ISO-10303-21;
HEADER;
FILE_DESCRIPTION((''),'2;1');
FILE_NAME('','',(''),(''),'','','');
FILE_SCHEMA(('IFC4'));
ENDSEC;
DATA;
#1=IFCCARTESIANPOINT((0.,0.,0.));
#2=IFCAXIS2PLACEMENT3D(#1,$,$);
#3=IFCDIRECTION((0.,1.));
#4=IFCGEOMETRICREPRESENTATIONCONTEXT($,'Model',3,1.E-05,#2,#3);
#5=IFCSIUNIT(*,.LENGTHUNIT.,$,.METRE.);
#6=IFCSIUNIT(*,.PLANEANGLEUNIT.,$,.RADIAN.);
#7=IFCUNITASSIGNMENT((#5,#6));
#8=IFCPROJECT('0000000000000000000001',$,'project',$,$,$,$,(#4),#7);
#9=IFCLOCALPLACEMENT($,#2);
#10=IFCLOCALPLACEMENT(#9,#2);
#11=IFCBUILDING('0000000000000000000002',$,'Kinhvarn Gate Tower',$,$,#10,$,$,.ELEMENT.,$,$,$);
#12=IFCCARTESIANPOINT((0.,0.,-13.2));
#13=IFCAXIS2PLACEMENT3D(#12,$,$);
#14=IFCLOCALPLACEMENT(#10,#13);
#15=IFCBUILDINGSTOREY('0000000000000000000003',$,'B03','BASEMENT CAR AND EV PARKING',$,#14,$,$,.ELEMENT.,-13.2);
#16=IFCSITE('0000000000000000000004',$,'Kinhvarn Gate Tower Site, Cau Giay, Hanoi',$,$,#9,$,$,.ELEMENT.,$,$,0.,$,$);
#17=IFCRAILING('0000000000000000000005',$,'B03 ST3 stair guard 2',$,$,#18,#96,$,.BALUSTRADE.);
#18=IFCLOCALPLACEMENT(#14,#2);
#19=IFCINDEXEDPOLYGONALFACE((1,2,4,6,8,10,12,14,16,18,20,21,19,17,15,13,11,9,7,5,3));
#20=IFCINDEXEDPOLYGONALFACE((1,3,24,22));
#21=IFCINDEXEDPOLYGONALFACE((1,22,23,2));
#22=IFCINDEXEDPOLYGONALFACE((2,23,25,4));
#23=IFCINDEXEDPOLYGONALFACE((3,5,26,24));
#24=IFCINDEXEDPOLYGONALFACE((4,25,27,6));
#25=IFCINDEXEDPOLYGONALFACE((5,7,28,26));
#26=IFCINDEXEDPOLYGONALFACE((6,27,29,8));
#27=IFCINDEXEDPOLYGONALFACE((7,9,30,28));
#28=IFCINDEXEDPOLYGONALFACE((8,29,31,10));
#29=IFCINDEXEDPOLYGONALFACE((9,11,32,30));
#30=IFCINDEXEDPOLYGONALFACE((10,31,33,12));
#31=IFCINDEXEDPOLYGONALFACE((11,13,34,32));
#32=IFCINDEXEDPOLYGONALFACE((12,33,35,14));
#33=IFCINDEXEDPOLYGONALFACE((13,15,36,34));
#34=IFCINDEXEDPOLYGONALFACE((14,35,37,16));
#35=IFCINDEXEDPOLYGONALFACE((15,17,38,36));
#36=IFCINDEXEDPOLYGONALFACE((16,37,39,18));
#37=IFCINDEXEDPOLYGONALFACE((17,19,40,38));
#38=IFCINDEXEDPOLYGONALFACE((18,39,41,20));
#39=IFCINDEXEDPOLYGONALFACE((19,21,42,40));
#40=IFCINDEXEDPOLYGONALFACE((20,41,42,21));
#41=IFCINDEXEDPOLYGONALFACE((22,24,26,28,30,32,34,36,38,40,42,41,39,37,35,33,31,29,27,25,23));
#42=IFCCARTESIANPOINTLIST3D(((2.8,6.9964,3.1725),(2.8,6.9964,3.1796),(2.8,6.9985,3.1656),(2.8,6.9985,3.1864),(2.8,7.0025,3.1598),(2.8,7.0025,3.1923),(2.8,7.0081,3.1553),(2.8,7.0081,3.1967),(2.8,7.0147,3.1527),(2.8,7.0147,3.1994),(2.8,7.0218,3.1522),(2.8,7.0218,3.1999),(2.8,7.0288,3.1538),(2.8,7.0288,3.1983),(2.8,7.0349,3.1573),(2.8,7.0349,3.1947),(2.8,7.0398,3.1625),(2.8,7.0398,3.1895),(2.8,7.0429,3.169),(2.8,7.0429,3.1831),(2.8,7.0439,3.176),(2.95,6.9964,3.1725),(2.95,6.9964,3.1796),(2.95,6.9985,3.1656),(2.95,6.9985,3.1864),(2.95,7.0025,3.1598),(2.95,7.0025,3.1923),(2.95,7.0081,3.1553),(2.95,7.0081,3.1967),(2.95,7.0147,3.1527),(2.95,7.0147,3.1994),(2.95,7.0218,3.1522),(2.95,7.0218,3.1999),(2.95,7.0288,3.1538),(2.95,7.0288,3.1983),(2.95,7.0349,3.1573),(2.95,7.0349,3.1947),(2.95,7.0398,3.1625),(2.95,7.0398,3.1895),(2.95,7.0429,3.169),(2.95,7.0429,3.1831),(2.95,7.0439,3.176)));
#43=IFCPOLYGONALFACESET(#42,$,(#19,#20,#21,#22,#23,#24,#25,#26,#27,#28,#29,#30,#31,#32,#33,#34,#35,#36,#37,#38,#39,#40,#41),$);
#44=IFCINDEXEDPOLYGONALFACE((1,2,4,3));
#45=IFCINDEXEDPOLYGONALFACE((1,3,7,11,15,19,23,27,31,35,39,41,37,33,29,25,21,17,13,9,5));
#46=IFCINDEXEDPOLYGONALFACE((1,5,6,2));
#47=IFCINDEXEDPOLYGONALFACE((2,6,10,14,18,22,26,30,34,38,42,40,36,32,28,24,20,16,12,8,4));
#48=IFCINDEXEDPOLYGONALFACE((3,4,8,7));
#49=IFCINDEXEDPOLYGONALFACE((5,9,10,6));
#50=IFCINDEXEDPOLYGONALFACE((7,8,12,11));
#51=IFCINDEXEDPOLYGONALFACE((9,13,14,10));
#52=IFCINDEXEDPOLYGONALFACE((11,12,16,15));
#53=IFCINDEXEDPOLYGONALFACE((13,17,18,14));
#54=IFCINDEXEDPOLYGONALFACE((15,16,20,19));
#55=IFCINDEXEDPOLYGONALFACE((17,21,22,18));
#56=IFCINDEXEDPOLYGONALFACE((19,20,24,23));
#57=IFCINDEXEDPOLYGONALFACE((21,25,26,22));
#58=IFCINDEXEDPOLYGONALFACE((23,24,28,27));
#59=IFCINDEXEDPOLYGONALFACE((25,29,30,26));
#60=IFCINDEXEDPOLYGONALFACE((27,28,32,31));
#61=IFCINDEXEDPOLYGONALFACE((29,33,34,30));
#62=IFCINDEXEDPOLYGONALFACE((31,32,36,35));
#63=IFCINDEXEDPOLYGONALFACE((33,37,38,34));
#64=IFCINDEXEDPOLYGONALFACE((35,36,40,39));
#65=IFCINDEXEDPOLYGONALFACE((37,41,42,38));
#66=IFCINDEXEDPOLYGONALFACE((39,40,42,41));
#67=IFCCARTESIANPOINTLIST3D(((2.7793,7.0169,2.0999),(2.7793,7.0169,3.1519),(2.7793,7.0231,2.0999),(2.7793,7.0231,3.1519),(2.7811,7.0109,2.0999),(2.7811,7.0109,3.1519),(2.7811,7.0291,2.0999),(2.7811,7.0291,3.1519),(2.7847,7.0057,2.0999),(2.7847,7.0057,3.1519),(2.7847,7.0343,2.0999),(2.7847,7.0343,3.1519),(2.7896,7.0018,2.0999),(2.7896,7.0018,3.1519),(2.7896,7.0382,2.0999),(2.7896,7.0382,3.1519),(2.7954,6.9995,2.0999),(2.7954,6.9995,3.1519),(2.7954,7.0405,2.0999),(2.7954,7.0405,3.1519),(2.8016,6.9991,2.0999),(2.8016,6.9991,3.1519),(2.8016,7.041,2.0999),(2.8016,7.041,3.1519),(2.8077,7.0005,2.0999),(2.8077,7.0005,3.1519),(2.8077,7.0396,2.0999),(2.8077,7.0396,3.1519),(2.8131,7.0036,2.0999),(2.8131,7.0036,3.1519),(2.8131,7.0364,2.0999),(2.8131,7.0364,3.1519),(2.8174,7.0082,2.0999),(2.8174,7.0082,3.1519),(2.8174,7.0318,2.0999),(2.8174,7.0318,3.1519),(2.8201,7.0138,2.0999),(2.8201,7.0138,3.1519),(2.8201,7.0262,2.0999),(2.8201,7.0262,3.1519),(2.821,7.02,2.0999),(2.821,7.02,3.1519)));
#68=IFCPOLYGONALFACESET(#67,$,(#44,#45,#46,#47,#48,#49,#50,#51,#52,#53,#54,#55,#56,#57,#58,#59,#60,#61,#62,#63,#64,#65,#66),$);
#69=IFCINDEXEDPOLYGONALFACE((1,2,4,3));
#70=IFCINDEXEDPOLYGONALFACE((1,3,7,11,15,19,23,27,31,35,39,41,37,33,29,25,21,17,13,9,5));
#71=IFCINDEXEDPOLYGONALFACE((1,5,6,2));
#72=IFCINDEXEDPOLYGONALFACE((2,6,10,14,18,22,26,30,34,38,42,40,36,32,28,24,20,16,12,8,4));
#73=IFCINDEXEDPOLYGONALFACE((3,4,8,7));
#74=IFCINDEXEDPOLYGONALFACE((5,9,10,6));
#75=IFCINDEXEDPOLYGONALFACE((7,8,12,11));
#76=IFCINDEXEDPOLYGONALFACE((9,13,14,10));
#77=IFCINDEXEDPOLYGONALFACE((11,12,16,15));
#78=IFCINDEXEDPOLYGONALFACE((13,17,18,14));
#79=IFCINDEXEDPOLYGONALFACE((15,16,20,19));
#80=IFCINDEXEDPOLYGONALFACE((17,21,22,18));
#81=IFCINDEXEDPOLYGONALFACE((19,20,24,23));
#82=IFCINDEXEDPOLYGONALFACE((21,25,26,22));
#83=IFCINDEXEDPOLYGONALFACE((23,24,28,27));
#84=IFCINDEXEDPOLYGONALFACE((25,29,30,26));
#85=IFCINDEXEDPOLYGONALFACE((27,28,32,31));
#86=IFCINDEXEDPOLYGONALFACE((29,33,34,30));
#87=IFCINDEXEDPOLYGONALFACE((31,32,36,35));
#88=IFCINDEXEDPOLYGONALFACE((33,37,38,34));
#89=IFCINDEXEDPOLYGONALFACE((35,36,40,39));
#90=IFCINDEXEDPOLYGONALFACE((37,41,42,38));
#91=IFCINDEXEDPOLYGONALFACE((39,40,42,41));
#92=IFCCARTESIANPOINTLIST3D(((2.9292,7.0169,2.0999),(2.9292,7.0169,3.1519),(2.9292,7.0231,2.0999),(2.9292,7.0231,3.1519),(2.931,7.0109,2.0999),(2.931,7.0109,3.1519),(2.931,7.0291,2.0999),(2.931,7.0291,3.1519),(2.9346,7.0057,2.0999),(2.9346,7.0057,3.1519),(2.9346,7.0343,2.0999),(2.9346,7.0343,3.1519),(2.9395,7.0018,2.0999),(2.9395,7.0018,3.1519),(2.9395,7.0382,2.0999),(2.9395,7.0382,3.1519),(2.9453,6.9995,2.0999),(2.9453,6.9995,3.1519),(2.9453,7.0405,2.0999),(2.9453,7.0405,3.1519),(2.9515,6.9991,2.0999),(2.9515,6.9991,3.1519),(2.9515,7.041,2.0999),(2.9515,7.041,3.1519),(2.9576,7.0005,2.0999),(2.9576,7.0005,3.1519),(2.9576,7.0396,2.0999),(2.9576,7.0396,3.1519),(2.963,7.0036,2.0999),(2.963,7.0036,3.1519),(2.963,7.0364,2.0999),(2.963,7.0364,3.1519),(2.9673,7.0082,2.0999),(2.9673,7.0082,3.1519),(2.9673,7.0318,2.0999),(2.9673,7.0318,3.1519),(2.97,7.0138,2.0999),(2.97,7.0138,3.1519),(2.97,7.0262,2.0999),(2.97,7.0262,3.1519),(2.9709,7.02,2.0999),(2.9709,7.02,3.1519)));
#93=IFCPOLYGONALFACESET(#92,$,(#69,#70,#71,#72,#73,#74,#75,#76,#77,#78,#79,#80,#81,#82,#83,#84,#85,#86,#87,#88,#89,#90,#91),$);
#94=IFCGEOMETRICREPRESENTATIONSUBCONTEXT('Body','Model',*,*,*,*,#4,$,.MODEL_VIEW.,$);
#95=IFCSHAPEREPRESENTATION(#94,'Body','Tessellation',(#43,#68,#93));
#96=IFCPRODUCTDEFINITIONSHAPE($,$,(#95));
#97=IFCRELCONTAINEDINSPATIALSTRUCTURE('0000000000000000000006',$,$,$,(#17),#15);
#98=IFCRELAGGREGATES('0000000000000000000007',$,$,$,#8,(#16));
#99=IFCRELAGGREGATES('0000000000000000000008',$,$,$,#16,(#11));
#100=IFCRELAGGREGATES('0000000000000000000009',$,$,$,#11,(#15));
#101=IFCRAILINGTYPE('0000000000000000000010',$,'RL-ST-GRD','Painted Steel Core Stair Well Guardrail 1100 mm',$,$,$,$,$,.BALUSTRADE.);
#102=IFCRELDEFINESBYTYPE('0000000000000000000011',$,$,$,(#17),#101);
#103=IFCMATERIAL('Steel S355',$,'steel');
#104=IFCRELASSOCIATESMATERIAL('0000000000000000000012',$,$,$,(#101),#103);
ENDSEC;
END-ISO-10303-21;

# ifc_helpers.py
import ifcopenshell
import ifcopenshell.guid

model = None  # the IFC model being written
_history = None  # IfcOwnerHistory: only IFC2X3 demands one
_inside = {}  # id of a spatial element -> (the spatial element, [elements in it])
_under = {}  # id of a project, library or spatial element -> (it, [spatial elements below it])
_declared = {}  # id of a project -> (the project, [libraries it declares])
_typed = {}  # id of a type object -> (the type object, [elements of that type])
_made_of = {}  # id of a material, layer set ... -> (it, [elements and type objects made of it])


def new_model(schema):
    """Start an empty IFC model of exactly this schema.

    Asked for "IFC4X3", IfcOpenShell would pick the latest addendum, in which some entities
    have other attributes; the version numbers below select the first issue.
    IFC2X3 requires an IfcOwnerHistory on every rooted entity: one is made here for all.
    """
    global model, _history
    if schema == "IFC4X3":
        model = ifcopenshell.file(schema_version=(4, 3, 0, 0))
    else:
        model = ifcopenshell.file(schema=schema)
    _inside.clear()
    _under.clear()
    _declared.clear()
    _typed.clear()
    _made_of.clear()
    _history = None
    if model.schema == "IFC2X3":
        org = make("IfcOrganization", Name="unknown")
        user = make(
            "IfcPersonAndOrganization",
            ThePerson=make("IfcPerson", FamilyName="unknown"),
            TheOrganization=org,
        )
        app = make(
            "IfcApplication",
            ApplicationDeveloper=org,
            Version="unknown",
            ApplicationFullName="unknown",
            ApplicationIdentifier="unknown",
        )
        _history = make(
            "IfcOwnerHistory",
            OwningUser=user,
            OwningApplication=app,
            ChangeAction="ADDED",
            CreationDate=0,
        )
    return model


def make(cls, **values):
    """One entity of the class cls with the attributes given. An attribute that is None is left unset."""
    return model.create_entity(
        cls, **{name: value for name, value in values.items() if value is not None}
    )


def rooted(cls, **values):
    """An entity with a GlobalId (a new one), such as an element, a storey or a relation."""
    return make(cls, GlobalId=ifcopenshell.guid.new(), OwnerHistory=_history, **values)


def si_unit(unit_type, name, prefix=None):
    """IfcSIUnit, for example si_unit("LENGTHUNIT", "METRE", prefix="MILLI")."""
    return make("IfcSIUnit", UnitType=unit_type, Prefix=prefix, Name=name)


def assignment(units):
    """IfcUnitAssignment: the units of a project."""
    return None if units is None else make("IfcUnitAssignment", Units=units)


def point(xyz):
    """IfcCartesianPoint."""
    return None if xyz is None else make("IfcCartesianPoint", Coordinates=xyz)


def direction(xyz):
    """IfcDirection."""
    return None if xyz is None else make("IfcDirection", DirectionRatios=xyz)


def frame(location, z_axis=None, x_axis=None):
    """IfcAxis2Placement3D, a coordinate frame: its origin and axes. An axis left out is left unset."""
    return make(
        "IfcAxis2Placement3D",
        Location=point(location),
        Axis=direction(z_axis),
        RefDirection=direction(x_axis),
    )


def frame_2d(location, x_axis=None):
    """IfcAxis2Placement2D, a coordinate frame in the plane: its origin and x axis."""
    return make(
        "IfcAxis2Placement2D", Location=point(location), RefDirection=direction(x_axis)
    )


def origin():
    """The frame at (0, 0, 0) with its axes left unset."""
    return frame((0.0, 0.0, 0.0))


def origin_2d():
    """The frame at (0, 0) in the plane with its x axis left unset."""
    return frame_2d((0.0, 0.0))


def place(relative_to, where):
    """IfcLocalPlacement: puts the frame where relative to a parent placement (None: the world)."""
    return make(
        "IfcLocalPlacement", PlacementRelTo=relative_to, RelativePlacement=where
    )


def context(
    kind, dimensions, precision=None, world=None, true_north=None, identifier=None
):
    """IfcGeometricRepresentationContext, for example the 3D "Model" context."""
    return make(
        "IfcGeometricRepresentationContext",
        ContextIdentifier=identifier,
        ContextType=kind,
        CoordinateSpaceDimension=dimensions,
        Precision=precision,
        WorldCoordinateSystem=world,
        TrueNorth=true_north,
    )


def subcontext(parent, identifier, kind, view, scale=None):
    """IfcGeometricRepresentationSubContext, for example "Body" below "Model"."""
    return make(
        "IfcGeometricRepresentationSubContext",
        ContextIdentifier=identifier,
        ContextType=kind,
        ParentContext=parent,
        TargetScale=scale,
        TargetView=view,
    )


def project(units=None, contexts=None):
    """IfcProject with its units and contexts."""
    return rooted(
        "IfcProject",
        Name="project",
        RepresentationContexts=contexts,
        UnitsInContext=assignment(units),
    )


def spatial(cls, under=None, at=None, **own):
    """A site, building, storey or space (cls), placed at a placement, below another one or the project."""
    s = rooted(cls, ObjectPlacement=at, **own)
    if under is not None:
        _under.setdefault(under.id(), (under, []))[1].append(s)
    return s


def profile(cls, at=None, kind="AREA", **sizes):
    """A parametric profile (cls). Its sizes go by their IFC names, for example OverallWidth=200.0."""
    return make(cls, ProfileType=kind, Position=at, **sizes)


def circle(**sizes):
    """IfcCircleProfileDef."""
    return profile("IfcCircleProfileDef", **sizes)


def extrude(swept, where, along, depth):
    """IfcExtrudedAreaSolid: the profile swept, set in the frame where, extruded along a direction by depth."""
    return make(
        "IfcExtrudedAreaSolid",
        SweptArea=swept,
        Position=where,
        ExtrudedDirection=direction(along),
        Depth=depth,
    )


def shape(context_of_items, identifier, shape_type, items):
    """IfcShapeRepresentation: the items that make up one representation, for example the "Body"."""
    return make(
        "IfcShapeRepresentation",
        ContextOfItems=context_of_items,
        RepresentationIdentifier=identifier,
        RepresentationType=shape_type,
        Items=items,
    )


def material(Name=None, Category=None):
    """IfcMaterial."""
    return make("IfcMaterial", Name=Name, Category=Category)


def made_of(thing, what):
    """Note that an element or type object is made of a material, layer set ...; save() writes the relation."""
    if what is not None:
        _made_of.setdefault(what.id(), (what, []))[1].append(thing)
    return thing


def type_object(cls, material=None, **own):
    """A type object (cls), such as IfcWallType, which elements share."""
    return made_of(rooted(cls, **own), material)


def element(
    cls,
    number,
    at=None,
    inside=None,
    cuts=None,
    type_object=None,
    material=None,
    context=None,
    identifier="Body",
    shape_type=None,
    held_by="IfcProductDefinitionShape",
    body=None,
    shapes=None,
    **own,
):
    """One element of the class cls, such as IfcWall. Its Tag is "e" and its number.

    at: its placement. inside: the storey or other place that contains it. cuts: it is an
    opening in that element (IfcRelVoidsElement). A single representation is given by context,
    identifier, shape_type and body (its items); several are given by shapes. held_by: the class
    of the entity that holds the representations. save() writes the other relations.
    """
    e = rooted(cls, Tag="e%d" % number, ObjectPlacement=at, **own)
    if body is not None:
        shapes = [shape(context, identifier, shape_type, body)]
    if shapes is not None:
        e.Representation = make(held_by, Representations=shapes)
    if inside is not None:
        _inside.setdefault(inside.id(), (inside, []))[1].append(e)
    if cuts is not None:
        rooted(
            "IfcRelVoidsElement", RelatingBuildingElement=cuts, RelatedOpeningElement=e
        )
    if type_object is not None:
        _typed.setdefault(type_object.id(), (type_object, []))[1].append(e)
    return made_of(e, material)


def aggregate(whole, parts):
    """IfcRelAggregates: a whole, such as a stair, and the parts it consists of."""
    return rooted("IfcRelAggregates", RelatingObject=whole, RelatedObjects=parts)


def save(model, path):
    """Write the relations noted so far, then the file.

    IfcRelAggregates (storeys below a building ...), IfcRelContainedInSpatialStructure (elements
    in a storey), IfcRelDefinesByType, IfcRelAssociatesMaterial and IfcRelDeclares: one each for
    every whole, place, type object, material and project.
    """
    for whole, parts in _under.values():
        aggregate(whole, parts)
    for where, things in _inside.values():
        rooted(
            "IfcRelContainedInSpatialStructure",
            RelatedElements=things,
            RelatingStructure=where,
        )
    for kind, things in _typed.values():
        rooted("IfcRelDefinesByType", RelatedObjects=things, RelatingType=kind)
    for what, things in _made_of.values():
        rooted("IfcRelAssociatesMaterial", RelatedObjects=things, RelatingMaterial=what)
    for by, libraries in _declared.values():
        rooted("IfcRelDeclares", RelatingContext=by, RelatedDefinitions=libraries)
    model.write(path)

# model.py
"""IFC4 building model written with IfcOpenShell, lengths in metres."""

from ifc_helpers import new_model, si_unit, direction, frame, origin, origin_2d, place, context, subcontext, project, spatial, circle, extrude, material, type_object, element, save


model = new_model("IFC4")

# Units and contexts
model_context = context("Model", 3, precision=1e-05, world=origin(), true_north=direction((0.0, 1.0)))
body_context = subcontext(model_context, "Body", "Model", "MODEL_VIEW")
ifc_project = project(units=[si_unit("LENGTHUNIT", "METRE"), si_unit("PLANEANGLEUNIT", "RADIAN")], contexts=[model_context])

# Site, building, storey
site_placement = place(None, origin())
site = spatial("IfcSite", under=ifc_project, at=site_placement, Name="Kinhvarn Gate Tower Site, Cau Giay, Hanoi", CompositionType="ELEMENT", RefElevation=0.0)
building_placement = place(site_placement, origin())
building = spatial("IfcBuilding", under=site, at=building_placement, Name="Kinhvarn Gate Tower", CompositionType="ELEMENT")
storey_placement = place(building_placement, frame((0.0, 0.0, -13.2)))
storey = spatial("IfcBuildingStorey", under=building, at=storey_placement, Name="B03", Description="BASEMENT CAR AND EV PARKING", CompositionType="ELEMENT", Elevation=-13.2)

# Shared definitions
ifc_material_1 = material(Name="Steel S355", Category="steel")

# Railing
railing_type_1 = type_object("IfcRailingType", Name="RL-ST-GRD", Description="Painted Steel Core Stair Well Guardrail 1100 mm", PredefinedType="BALUSTRADE", material=ifc_material_1)
railing_1_placement = place(storey_placement, frame((2.8, 7.02, 2.0999)))
element("IfcRailing", 1, at=railing_1_placement, inside=storey, type_object=railing_type_1, Name="B03 ST3 stair guard 2", PredefinedType="BALUSTRADE", context=body_context, shape_type="SweptSolid", body=[
    extrude(circle(Radius=0.0239, at=origin_2d()), frame((0.0, 0.0, 1.0762), z_axis=(1.0, 0.0, 0.0), x_axis=(0.0, 1.0, 0.0)), (0.0, 0.0, 1.0), 0.1499),
    extrude(circle(Radius=0.021, at=origin_2d()), origin(), (0.0, 0.0, 1.0), 1.052),
    extrude(circle(Radius=0.021, at=origin_2d()), frame((0.1499, 0.0, 0.0)), (0.0, 0.0, 1.0), 1.052),
])

save(model, "model.ifc")
